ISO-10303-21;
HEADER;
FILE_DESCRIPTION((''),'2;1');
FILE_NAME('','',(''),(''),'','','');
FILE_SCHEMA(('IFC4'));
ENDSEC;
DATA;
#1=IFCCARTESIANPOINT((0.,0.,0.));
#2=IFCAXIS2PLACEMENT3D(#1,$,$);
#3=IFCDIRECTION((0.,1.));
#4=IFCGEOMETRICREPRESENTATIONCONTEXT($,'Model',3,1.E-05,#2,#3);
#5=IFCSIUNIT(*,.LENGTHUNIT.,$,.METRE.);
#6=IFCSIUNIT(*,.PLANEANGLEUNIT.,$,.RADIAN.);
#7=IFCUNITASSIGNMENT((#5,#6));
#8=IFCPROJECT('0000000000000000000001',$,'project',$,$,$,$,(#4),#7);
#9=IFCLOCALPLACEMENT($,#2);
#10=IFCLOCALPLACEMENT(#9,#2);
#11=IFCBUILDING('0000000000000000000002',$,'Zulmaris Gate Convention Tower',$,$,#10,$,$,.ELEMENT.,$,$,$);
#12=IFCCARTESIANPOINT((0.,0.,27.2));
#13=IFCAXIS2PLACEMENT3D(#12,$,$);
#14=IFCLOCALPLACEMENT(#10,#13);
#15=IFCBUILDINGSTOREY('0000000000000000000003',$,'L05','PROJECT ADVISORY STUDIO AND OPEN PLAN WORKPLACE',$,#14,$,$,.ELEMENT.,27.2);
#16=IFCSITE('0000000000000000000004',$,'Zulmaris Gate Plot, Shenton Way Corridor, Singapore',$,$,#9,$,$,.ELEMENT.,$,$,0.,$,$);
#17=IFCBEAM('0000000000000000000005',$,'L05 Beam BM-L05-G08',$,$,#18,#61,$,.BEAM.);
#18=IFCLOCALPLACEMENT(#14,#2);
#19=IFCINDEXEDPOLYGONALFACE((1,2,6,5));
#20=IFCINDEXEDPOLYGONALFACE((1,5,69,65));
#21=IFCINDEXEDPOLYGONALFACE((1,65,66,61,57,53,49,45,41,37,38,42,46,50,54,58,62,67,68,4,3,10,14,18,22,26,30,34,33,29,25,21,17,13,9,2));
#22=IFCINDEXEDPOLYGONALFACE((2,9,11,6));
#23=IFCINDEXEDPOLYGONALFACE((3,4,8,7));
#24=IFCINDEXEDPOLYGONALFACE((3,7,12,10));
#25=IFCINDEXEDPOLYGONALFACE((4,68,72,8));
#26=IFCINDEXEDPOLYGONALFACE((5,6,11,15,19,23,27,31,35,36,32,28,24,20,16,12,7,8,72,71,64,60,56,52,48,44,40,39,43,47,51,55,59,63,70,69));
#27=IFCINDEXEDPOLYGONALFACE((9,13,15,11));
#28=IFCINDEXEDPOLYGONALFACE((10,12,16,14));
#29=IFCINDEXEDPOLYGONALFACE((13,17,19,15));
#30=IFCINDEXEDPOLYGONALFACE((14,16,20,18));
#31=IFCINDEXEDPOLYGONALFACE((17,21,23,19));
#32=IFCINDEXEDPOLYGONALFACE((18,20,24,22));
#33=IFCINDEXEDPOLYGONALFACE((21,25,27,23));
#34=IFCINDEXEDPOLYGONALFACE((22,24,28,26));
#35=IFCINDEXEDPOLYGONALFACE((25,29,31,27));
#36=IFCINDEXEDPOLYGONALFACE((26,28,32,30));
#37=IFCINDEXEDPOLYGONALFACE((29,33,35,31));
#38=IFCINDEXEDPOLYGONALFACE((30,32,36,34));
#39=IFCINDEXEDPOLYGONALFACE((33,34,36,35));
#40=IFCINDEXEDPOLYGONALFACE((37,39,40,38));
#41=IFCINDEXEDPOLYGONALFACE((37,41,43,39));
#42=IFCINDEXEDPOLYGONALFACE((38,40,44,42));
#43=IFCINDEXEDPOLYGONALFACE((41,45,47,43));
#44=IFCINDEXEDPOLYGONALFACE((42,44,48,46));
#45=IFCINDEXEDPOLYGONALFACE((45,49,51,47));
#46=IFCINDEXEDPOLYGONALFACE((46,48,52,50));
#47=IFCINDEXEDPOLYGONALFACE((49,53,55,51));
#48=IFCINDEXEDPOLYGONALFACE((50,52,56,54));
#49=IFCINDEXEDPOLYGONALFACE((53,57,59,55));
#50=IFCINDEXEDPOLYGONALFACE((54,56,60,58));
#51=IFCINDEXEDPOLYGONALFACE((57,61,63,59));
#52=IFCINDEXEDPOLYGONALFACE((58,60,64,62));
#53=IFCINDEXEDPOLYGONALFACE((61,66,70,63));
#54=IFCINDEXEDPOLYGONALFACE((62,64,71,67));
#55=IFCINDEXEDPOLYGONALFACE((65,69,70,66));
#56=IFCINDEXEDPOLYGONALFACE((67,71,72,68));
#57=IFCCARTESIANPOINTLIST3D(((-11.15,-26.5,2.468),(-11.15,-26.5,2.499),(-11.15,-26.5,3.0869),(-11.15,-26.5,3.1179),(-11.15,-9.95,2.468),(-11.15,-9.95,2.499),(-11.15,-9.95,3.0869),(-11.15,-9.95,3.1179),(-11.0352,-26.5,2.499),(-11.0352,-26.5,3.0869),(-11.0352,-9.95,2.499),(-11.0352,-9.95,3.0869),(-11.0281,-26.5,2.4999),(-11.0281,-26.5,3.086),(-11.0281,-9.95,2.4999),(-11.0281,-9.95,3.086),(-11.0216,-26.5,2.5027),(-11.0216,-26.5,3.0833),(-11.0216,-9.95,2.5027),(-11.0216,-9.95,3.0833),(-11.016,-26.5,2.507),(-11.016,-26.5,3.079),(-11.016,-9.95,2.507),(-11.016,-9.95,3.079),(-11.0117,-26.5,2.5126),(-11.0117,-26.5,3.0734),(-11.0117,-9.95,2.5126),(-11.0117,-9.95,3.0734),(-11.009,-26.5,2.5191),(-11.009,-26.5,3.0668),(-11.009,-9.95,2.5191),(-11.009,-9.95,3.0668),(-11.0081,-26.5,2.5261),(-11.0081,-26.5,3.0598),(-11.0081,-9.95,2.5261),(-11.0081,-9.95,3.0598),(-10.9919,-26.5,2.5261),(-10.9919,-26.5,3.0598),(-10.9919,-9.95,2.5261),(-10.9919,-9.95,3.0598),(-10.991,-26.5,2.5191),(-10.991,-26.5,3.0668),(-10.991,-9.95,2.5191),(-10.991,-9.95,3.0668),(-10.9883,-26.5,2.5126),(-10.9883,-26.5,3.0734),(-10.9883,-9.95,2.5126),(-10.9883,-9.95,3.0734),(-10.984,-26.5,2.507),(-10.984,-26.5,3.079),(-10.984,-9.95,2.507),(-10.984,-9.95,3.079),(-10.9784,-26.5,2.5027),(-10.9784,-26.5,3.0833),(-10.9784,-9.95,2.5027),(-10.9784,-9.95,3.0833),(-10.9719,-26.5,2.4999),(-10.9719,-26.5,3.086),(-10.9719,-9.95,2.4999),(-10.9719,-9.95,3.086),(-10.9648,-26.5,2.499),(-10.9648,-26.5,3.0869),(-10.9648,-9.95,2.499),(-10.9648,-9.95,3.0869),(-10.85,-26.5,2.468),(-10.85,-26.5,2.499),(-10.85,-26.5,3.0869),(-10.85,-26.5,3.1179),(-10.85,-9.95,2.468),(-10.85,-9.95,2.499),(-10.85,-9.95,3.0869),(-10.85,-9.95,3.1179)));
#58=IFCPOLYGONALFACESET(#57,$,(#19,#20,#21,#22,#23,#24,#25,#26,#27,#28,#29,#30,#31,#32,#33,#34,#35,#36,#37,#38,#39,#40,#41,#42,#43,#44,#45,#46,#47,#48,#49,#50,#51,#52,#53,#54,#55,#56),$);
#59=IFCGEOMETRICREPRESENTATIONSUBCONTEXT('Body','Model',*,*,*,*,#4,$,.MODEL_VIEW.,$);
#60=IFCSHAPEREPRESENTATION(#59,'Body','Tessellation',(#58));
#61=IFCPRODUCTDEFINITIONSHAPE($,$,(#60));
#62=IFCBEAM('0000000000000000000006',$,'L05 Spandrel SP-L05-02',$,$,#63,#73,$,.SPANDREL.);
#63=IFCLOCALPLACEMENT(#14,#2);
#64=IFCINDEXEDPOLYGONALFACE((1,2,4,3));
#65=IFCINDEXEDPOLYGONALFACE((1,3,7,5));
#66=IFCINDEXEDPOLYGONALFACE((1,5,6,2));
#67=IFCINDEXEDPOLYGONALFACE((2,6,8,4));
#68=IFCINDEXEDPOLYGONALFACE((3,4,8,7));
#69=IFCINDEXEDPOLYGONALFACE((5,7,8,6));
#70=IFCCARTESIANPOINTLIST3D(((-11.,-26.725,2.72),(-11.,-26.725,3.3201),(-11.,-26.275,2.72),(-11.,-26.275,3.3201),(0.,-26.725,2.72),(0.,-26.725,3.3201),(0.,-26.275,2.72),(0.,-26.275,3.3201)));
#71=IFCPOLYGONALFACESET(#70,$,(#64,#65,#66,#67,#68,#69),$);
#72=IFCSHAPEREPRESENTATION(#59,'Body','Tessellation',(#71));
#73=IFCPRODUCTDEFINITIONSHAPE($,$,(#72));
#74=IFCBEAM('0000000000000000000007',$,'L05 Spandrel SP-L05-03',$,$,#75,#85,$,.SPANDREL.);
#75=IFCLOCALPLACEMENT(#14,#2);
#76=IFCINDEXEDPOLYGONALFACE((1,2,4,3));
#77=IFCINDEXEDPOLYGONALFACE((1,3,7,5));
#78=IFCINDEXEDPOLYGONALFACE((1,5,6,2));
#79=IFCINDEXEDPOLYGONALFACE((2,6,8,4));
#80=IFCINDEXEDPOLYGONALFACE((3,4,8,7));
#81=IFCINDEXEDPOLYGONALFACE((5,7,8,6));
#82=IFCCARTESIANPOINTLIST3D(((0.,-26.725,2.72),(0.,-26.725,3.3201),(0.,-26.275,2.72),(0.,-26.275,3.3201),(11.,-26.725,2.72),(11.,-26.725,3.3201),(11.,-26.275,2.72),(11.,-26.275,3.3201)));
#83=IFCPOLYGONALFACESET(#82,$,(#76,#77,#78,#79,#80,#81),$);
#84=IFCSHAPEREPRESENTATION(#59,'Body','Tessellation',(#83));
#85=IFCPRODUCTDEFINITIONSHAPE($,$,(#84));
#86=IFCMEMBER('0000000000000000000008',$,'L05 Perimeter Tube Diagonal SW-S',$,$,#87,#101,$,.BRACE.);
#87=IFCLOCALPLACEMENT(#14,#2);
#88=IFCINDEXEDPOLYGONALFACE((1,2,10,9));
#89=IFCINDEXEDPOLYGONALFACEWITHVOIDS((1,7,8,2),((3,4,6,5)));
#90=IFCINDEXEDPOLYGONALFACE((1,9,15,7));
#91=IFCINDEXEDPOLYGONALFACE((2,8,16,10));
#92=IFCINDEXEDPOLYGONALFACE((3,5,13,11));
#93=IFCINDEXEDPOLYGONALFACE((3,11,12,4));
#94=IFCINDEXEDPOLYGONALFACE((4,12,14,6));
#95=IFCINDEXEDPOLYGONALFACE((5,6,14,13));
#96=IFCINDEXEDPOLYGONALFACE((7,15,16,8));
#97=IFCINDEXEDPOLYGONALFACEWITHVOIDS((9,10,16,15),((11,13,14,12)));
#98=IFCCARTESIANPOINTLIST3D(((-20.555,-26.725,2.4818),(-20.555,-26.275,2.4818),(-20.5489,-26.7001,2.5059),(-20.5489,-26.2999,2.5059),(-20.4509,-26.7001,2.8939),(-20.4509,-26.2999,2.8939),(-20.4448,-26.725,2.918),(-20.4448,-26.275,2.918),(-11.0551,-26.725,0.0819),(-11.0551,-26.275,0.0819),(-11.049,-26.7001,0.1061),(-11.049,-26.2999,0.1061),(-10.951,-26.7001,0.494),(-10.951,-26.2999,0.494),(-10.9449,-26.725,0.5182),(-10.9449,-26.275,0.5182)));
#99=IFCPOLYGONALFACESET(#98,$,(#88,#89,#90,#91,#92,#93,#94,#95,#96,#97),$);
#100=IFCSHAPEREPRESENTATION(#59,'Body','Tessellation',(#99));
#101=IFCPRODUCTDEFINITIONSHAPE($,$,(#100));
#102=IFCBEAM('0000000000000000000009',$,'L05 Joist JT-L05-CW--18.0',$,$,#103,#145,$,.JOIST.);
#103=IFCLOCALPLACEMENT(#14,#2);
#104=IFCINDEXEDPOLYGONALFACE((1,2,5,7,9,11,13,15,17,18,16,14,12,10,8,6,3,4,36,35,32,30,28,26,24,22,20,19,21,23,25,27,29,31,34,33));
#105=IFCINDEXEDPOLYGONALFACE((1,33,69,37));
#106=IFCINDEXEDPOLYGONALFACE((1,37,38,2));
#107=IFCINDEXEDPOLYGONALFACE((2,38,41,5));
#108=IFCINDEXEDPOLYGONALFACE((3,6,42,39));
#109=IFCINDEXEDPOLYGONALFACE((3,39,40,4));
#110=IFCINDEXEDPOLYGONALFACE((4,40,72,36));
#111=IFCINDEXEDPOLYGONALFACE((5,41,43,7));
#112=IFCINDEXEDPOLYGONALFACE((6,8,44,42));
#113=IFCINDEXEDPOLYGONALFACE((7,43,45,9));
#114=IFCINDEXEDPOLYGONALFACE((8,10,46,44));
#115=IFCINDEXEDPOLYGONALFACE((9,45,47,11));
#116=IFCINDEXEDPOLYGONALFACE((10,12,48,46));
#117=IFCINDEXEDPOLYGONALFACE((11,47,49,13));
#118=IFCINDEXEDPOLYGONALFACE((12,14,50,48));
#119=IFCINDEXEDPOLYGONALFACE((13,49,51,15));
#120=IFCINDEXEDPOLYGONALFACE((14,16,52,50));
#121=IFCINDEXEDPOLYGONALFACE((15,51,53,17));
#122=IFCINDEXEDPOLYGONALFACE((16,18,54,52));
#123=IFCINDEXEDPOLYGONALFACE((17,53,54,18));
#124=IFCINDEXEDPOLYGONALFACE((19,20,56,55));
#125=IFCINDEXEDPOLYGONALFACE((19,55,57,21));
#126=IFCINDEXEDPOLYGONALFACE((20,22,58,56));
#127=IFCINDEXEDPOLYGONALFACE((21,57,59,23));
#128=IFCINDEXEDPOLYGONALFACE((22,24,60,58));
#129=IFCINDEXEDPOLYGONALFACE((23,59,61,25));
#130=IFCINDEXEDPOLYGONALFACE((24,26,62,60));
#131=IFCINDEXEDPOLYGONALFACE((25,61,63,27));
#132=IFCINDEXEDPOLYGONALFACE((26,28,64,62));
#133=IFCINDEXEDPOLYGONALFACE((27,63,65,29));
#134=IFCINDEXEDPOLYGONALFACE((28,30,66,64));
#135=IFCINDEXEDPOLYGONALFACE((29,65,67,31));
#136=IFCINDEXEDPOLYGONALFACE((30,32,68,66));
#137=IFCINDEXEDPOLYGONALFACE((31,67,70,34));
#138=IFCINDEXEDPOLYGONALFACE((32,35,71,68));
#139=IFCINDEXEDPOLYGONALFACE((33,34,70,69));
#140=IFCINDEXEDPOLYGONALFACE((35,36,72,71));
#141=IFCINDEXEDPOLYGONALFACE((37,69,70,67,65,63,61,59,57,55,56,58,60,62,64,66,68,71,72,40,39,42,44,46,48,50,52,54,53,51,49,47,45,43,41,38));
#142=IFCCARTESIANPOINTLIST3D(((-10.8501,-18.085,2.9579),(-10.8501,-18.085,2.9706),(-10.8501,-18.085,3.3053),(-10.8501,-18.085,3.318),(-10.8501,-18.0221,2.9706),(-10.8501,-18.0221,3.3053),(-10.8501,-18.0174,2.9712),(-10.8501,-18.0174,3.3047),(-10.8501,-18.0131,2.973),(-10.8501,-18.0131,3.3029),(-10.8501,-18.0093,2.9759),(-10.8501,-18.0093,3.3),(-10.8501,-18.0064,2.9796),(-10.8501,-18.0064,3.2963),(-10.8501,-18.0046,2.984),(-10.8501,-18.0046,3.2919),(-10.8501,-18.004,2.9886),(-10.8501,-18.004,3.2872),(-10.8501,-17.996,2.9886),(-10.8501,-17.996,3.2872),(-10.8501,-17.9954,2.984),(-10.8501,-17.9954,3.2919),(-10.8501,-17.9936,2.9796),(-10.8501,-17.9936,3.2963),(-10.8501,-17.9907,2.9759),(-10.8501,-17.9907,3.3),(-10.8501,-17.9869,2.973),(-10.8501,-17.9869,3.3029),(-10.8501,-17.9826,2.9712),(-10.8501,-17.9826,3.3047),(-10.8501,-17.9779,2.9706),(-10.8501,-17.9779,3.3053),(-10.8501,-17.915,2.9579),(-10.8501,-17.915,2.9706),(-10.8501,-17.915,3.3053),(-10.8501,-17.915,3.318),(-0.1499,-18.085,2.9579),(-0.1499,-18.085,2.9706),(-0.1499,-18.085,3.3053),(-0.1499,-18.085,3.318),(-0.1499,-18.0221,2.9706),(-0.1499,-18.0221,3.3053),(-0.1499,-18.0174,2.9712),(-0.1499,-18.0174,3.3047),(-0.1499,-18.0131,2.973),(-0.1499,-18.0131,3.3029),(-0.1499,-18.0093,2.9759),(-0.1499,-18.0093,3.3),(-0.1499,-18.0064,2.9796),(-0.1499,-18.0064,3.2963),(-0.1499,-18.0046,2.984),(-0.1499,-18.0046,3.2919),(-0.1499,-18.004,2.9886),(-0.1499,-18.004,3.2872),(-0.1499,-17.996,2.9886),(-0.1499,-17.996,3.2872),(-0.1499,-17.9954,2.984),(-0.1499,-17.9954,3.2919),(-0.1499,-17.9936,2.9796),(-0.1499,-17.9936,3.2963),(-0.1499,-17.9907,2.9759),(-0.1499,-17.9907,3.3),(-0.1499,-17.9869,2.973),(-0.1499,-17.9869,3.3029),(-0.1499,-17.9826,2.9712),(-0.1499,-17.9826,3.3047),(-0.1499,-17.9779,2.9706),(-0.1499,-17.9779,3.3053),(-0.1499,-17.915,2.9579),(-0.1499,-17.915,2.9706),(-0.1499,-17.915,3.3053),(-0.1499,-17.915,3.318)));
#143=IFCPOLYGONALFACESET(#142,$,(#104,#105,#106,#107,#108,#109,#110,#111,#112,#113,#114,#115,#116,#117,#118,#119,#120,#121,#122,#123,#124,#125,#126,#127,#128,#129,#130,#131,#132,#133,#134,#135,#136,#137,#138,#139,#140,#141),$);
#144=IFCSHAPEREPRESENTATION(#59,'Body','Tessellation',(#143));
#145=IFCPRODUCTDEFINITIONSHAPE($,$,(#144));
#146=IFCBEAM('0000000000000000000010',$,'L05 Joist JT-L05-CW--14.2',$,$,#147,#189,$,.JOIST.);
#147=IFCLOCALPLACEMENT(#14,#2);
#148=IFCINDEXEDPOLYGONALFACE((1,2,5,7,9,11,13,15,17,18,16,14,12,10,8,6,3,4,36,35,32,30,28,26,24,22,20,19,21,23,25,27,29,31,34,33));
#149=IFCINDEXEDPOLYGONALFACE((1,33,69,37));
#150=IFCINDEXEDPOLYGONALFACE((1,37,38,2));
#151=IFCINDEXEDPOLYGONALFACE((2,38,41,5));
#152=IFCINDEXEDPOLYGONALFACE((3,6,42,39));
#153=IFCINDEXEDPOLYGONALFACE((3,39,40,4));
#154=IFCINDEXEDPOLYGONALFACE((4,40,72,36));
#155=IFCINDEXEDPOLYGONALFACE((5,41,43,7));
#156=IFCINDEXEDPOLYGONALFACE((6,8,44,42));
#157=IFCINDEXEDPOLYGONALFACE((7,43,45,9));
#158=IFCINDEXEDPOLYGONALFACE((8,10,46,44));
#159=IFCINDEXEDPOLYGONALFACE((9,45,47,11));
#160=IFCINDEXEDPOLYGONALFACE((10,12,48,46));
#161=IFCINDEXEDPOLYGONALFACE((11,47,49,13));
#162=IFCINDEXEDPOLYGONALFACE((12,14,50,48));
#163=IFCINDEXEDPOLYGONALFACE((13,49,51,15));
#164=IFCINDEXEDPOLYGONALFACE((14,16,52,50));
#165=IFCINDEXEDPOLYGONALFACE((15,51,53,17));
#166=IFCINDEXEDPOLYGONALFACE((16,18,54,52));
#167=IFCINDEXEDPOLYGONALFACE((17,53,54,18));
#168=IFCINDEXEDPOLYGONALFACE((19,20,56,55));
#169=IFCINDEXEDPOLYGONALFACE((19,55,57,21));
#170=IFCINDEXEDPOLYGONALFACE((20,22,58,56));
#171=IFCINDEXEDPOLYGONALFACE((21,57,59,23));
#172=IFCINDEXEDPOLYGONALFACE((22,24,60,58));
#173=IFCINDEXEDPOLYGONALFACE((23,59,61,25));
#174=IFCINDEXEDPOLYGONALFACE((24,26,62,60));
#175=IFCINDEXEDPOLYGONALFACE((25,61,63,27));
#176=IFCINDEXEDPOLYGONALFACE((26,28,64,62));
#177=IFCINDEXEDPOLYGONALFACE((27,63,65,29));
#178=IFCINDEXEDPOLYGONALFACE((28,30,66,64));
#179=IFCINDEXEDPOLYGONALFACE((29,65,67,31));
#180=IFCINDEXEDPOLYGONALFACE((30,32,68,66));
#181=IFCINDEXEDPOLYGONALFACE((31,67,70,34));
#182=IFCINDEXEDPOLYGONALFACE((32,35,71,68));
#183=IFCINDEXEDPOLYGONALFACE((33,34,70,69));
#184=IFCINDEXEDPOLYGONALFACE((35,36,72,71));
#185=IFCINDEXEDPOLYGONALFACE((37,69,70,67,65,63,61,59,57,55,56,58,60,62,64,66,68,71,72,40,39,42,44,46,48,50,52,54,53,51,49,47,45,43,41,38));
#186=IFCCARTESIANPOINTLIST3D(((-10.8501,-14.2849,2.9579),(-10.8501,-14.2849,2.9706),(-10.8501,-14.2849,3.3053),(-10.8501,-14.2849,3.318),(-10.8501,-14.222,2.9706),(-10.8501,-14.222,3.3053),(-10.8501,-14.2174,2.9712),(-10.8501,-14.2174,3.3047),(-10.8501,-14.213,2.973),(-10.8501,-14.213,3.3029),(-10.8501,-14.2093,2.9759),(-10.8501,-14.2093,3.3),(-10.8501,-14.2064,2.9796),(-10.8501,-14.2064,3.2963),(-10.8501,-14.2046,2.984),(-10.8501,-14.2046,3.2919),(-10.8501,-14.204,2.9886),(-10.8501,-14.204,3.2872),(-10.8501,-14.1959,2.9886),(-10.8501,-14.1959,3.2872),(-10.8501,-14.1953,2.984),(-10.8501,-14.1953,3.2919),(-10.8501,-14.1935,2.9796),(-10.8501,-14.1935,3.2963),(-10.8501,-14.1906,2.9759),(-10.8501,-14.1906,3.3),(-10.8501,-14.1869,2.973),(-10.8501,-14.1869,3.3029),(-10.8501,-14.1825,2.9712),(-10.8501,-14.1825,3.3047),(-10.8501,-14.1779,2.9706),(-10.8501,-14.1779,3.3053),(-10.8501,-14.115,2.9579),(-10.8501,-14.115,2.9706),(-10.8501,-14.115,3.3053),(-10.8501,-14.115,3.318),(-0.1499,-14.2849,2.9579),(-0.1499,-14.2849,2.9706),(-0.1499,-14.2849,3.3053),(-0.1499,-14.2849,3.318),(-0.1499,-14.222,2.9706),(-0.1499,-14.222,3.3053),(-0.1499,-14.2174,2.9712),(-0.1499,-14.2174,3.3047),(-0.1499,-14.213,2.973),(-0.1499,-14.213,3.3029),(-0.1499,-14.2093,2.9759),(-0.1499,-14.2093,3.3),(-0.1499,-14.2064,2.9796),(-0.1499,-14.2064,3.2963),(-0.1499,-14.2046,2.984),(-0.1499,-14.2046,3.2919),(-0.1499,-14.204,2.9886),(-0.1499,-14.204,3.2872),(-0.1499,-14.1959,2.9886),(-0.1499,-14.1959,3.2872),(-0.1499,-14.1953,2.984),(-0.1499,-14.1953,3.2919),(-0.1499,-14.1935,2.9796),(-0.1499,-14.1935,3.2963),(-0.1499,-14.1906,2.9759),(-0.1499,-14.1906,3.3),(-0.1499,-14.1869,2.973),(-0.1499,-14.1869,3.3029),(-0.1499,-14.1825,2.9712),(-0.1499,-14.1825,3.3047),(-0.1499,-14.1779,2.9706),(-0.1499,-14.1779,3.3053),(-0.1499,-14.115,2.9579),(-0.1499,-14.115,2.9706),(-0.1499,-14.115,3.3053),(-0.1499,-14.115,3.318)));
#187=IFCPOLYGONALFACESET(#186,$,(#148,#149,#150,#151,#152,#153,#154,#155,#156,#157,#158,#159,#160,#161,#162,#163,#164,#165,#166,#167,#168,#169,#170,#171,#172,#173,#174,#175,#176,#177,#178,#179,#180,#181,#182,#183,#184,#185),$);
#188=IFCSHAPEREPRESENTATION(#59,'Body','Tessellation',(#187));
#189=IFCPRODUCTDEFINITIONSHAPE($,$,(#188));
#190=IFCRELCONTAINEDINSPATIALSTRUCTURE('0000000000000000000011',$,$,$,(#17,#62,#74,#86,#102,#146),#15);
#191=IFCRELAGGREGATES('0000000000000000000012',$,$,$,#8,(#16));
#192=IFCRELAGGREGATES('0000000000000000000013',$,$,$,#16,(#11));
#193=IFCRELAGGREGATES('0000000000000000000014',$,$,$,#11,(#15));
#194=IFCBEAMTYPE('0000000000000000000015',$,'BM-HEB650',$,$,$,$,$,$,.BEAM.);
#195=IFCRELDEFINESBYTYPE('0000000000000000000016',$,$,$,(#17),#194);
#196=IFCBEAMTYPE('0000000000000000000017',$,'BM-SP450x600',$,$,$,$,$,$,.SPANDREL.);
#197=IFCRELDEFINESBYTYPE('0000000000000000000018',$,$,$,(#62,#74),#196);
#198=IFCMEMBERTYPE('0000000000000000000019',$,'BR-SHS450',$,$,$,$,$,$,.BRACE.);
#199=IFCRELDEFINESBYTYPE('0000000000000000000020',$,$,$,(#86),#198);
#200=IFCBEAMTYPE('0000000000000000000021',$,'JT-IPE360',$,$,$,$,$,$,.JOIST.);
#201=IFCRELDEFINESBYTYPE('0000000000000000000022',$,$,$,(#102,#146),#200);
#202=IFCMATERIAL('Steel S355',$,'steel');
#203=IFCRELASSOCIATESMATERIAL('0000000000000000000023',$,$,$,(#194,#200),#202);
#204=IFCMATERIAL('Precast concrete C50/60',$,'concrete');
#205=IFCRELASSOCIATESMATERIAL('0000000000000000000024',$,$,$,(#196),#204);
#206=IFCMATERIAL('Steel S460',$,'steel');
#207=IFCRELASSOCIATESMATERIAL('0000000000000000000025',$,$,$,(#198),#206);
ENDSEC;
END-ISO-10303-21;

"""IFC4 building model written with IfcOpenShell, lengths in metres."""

from ifc_helpers import new_model, si_unit, direction, frame, origin, origin_2d, place, context, subcontext, project, spatial, rectangle, hollow_rectangle, i_section, extrude, material, material_profile, profile_set, type_object, element, save


model = new_model("IFC4")

# Units and contexts
model_context = context("Model", 3, precision=1e-05, world=origin(), true_north=direction((0.0, 1.0)))
body_context = subcontext(model_context, "Body", "Model", "MODEL_VIEW")
ifc_project = project(units=[si_unit("LENGTHUNIT", "METRE"), si_unit("PLANEANGLEUNIT", "RADIAN")], contexts=[model_context])

# Site, building, storey
site_placement = place(None, origin())
site = spatial("IfcSite", under=ifc_project, at=site_placement, Name="Zulmaris Gate Plot, Shenton Way Corridor, Singapore", CompositionType="ELEMENT", RefElevation=0.0)
building_placement = place(site_placement, origin())
building = spatial("IfcBuilding", under=site, at=building_placement, Name="Zulmaris Gate Convention Tower", CompositionType="ELEMENT")
storey_placement = place(building_placement, frame((0.0, 0.0, 27.2)))
storey = spatial("IfcBuildingStorey", under=building, at=storey_placement, Name="L05", Description="PROJECT ADVISORY STUDIO AND OPEN PLAN WORKPLACE", CompositionType="ELEMENT", Elevation=27.2)

# Beams
ifc_material_1 = material(Name="Steel S355", Category="steel")
ifc_material_profile_1 = material_profile(ifc_material_1, i_section(OverallWidth=0.3, OverallDepth=0.6499, WebThickness=0.0161, FlangeThickness=0.031, FilletRadius=0.0271, at=origin_2d()), Name="HEB 650")
ifc_profile_set_1 = profile_set([ifc_material_profile_1], Name="Steel S355")
beam_type_1 = type_object("IfcBeamType", Name="BM-HEB650", PredefinedType="BEAM", material=ifc_profile_set_1)
beam_1_placement = place(storey_placement, frame((-11.0, -26.5, 2.793), z_axis=(0.0, 1.0, 0.0), x_axis=(-1.0, 0.0, 0.0)))
element("IfcBeam", 1, at=beam_1_placement, inside=storey, type_object=beam_type_1, Name="L05 Beam BM-L05-G08", PredefinedType="BEAM", context=body_context, shape_type="SweptSolid", body=[
    extrude(i_section(OverallWidth=0.3, OverallDepth=0.6499, WebThickness=0.0161, FlangeThickness=0.031, FilletRadius=0.0271, at=origin_2d()), origin(), (0.0, 0.0, 1.0), 16.55),
])
ifc_material_2 = material(Name="Precast concrete C50/60", Category="concrete")
ifc_material_profile_2 = material_profile(ifc_material_2, rectangle(XDim=0.45, YDim=0.6001, at=origin_2d()), Name="RC SPANDREL 450x600")
ifc_profile_set_2 = profile_set([ifc_material_profile_2], Name="Precast concrete C50/60")
beam_type_2 = type_object("IfcBeamType", Name="BM-SP450x600", PredefinedType="SPANDREL", material=ifc_profile_set_2)
for number, where, z_axis, x_axis, name in (
    (2, (-11.0, -26.5, 3.02), (1.0, 0.0, 0.0), (0.0, 1.0, 0.0), "L05 Spandrel SP-L05-02"),
    (3, (0.0, -26.5, 3.02), (1.0, 0.0, 0.0), (0.0, 1.0, 0.0), "L05 Spandrel SP-L05-03"),
):
    element("IfcBeam", number, at=place(storey_placement, frame(where, z_axis=z_axis, x_axis=x_axis)), inside=storey, type_object=beam_type_2, Name=name, PredefinedType="SPANDREL", context=body_context, shape_type="SweptSolid", body=[
        extrude(rectangle(XDim=0.45, YDim=0.6001, at=origin_2d()), origin(), (0.0, 0.0, 1.0), 11.0),
    ])

# Member
ifc_material_3 = material(Name="Steel S460", Category="steel")
ifc_material_profile_3 = material_profile(ifc_material_3, hollow_rectangle(XDim=0.45, YDim=0.45, WallThickness=0.0249, at=origin_2d()), Name="SHS 450x450x25")
ifc_profile_set_3 = profile_set([ifc_material_profile_3], Name="Steel S460")
member_type = type_object("IfcMemberType", Name="BR-SHS450", PredefinedType="BRACE", material=ifc_profile_set_3)
member_placement = place(storey_placement, frame((-11.0, -26.5, 0.3), z_axis=(-0.969542, 0.0, 0.244927), x_axis=(0.0, -1.0, 0.0)))
element("IfcMember", 4, at=member_placement, inside=storey, type_object=member_type, Name="L05 Perimeter Tube Diagonal SW-S", PredefinedType="BRACE", context=body_context, shape_type="SweptSolid", body=[
    extrude(hollow_rectangle(XDim=0.45, YDim=0.45, WallThickness=0.0249, at=origin_2d()), origin(), (0.0, 0.0, 1.0), 9.7983),
])

# Beams
ifc_material_profile_4 = material_profile(ifc_material_1, i_section(OverallWidth=0.1699, OverallDepth=0.3601, WebThickness=0.0081, FlangeThickness=0.0127, FilletRadius=0.0181, at=origin_2d()), Name="IPE 360")
ifc_profile_set_4 = profile_set([ifc_material_profile_4], Name="Steel S355")
beam_type_3 = type_object("IfcBeamType", Name="JT-IPE360", PredefinedType="JOIST", material=ifc_profile_set_4)
for number, where, z_axis, x_axis, name in (
    (5, (-10.8501, -18.0, 3.1379), (1.0, 0.0, 0.0), (0.0, 1.0, 0.0), "L05 Joist JT-L05-CW--18.0"),
    (6, (-10.8501, -14.2, 3.1379), (1.0, 0.0, 0.0), (0.0, 1.0, 0.0), "L05 Joist JT-L05-CW--14.2"),
):
    element("IfcBeam", number, at=place(storey_placement, frame(where, z_axis=z_axis, x_axis=x_axis)), inside=storey, type_object=beam_type_3, Name=name, PredefinedType="JOIST", context=body_context, shape_type="SweptSolid", body=[
        extrude(i_section(OverallWidth=0.1699, OverallDepth=0.3601, WebThickness=0.0081, FlangeThickness=0.0127, FilletRadius=0.0181, at=origin_2d()), origin(), (0.0, 0.0, 1.0), 10.7002),
    ])

save(model, "model.ifc")
